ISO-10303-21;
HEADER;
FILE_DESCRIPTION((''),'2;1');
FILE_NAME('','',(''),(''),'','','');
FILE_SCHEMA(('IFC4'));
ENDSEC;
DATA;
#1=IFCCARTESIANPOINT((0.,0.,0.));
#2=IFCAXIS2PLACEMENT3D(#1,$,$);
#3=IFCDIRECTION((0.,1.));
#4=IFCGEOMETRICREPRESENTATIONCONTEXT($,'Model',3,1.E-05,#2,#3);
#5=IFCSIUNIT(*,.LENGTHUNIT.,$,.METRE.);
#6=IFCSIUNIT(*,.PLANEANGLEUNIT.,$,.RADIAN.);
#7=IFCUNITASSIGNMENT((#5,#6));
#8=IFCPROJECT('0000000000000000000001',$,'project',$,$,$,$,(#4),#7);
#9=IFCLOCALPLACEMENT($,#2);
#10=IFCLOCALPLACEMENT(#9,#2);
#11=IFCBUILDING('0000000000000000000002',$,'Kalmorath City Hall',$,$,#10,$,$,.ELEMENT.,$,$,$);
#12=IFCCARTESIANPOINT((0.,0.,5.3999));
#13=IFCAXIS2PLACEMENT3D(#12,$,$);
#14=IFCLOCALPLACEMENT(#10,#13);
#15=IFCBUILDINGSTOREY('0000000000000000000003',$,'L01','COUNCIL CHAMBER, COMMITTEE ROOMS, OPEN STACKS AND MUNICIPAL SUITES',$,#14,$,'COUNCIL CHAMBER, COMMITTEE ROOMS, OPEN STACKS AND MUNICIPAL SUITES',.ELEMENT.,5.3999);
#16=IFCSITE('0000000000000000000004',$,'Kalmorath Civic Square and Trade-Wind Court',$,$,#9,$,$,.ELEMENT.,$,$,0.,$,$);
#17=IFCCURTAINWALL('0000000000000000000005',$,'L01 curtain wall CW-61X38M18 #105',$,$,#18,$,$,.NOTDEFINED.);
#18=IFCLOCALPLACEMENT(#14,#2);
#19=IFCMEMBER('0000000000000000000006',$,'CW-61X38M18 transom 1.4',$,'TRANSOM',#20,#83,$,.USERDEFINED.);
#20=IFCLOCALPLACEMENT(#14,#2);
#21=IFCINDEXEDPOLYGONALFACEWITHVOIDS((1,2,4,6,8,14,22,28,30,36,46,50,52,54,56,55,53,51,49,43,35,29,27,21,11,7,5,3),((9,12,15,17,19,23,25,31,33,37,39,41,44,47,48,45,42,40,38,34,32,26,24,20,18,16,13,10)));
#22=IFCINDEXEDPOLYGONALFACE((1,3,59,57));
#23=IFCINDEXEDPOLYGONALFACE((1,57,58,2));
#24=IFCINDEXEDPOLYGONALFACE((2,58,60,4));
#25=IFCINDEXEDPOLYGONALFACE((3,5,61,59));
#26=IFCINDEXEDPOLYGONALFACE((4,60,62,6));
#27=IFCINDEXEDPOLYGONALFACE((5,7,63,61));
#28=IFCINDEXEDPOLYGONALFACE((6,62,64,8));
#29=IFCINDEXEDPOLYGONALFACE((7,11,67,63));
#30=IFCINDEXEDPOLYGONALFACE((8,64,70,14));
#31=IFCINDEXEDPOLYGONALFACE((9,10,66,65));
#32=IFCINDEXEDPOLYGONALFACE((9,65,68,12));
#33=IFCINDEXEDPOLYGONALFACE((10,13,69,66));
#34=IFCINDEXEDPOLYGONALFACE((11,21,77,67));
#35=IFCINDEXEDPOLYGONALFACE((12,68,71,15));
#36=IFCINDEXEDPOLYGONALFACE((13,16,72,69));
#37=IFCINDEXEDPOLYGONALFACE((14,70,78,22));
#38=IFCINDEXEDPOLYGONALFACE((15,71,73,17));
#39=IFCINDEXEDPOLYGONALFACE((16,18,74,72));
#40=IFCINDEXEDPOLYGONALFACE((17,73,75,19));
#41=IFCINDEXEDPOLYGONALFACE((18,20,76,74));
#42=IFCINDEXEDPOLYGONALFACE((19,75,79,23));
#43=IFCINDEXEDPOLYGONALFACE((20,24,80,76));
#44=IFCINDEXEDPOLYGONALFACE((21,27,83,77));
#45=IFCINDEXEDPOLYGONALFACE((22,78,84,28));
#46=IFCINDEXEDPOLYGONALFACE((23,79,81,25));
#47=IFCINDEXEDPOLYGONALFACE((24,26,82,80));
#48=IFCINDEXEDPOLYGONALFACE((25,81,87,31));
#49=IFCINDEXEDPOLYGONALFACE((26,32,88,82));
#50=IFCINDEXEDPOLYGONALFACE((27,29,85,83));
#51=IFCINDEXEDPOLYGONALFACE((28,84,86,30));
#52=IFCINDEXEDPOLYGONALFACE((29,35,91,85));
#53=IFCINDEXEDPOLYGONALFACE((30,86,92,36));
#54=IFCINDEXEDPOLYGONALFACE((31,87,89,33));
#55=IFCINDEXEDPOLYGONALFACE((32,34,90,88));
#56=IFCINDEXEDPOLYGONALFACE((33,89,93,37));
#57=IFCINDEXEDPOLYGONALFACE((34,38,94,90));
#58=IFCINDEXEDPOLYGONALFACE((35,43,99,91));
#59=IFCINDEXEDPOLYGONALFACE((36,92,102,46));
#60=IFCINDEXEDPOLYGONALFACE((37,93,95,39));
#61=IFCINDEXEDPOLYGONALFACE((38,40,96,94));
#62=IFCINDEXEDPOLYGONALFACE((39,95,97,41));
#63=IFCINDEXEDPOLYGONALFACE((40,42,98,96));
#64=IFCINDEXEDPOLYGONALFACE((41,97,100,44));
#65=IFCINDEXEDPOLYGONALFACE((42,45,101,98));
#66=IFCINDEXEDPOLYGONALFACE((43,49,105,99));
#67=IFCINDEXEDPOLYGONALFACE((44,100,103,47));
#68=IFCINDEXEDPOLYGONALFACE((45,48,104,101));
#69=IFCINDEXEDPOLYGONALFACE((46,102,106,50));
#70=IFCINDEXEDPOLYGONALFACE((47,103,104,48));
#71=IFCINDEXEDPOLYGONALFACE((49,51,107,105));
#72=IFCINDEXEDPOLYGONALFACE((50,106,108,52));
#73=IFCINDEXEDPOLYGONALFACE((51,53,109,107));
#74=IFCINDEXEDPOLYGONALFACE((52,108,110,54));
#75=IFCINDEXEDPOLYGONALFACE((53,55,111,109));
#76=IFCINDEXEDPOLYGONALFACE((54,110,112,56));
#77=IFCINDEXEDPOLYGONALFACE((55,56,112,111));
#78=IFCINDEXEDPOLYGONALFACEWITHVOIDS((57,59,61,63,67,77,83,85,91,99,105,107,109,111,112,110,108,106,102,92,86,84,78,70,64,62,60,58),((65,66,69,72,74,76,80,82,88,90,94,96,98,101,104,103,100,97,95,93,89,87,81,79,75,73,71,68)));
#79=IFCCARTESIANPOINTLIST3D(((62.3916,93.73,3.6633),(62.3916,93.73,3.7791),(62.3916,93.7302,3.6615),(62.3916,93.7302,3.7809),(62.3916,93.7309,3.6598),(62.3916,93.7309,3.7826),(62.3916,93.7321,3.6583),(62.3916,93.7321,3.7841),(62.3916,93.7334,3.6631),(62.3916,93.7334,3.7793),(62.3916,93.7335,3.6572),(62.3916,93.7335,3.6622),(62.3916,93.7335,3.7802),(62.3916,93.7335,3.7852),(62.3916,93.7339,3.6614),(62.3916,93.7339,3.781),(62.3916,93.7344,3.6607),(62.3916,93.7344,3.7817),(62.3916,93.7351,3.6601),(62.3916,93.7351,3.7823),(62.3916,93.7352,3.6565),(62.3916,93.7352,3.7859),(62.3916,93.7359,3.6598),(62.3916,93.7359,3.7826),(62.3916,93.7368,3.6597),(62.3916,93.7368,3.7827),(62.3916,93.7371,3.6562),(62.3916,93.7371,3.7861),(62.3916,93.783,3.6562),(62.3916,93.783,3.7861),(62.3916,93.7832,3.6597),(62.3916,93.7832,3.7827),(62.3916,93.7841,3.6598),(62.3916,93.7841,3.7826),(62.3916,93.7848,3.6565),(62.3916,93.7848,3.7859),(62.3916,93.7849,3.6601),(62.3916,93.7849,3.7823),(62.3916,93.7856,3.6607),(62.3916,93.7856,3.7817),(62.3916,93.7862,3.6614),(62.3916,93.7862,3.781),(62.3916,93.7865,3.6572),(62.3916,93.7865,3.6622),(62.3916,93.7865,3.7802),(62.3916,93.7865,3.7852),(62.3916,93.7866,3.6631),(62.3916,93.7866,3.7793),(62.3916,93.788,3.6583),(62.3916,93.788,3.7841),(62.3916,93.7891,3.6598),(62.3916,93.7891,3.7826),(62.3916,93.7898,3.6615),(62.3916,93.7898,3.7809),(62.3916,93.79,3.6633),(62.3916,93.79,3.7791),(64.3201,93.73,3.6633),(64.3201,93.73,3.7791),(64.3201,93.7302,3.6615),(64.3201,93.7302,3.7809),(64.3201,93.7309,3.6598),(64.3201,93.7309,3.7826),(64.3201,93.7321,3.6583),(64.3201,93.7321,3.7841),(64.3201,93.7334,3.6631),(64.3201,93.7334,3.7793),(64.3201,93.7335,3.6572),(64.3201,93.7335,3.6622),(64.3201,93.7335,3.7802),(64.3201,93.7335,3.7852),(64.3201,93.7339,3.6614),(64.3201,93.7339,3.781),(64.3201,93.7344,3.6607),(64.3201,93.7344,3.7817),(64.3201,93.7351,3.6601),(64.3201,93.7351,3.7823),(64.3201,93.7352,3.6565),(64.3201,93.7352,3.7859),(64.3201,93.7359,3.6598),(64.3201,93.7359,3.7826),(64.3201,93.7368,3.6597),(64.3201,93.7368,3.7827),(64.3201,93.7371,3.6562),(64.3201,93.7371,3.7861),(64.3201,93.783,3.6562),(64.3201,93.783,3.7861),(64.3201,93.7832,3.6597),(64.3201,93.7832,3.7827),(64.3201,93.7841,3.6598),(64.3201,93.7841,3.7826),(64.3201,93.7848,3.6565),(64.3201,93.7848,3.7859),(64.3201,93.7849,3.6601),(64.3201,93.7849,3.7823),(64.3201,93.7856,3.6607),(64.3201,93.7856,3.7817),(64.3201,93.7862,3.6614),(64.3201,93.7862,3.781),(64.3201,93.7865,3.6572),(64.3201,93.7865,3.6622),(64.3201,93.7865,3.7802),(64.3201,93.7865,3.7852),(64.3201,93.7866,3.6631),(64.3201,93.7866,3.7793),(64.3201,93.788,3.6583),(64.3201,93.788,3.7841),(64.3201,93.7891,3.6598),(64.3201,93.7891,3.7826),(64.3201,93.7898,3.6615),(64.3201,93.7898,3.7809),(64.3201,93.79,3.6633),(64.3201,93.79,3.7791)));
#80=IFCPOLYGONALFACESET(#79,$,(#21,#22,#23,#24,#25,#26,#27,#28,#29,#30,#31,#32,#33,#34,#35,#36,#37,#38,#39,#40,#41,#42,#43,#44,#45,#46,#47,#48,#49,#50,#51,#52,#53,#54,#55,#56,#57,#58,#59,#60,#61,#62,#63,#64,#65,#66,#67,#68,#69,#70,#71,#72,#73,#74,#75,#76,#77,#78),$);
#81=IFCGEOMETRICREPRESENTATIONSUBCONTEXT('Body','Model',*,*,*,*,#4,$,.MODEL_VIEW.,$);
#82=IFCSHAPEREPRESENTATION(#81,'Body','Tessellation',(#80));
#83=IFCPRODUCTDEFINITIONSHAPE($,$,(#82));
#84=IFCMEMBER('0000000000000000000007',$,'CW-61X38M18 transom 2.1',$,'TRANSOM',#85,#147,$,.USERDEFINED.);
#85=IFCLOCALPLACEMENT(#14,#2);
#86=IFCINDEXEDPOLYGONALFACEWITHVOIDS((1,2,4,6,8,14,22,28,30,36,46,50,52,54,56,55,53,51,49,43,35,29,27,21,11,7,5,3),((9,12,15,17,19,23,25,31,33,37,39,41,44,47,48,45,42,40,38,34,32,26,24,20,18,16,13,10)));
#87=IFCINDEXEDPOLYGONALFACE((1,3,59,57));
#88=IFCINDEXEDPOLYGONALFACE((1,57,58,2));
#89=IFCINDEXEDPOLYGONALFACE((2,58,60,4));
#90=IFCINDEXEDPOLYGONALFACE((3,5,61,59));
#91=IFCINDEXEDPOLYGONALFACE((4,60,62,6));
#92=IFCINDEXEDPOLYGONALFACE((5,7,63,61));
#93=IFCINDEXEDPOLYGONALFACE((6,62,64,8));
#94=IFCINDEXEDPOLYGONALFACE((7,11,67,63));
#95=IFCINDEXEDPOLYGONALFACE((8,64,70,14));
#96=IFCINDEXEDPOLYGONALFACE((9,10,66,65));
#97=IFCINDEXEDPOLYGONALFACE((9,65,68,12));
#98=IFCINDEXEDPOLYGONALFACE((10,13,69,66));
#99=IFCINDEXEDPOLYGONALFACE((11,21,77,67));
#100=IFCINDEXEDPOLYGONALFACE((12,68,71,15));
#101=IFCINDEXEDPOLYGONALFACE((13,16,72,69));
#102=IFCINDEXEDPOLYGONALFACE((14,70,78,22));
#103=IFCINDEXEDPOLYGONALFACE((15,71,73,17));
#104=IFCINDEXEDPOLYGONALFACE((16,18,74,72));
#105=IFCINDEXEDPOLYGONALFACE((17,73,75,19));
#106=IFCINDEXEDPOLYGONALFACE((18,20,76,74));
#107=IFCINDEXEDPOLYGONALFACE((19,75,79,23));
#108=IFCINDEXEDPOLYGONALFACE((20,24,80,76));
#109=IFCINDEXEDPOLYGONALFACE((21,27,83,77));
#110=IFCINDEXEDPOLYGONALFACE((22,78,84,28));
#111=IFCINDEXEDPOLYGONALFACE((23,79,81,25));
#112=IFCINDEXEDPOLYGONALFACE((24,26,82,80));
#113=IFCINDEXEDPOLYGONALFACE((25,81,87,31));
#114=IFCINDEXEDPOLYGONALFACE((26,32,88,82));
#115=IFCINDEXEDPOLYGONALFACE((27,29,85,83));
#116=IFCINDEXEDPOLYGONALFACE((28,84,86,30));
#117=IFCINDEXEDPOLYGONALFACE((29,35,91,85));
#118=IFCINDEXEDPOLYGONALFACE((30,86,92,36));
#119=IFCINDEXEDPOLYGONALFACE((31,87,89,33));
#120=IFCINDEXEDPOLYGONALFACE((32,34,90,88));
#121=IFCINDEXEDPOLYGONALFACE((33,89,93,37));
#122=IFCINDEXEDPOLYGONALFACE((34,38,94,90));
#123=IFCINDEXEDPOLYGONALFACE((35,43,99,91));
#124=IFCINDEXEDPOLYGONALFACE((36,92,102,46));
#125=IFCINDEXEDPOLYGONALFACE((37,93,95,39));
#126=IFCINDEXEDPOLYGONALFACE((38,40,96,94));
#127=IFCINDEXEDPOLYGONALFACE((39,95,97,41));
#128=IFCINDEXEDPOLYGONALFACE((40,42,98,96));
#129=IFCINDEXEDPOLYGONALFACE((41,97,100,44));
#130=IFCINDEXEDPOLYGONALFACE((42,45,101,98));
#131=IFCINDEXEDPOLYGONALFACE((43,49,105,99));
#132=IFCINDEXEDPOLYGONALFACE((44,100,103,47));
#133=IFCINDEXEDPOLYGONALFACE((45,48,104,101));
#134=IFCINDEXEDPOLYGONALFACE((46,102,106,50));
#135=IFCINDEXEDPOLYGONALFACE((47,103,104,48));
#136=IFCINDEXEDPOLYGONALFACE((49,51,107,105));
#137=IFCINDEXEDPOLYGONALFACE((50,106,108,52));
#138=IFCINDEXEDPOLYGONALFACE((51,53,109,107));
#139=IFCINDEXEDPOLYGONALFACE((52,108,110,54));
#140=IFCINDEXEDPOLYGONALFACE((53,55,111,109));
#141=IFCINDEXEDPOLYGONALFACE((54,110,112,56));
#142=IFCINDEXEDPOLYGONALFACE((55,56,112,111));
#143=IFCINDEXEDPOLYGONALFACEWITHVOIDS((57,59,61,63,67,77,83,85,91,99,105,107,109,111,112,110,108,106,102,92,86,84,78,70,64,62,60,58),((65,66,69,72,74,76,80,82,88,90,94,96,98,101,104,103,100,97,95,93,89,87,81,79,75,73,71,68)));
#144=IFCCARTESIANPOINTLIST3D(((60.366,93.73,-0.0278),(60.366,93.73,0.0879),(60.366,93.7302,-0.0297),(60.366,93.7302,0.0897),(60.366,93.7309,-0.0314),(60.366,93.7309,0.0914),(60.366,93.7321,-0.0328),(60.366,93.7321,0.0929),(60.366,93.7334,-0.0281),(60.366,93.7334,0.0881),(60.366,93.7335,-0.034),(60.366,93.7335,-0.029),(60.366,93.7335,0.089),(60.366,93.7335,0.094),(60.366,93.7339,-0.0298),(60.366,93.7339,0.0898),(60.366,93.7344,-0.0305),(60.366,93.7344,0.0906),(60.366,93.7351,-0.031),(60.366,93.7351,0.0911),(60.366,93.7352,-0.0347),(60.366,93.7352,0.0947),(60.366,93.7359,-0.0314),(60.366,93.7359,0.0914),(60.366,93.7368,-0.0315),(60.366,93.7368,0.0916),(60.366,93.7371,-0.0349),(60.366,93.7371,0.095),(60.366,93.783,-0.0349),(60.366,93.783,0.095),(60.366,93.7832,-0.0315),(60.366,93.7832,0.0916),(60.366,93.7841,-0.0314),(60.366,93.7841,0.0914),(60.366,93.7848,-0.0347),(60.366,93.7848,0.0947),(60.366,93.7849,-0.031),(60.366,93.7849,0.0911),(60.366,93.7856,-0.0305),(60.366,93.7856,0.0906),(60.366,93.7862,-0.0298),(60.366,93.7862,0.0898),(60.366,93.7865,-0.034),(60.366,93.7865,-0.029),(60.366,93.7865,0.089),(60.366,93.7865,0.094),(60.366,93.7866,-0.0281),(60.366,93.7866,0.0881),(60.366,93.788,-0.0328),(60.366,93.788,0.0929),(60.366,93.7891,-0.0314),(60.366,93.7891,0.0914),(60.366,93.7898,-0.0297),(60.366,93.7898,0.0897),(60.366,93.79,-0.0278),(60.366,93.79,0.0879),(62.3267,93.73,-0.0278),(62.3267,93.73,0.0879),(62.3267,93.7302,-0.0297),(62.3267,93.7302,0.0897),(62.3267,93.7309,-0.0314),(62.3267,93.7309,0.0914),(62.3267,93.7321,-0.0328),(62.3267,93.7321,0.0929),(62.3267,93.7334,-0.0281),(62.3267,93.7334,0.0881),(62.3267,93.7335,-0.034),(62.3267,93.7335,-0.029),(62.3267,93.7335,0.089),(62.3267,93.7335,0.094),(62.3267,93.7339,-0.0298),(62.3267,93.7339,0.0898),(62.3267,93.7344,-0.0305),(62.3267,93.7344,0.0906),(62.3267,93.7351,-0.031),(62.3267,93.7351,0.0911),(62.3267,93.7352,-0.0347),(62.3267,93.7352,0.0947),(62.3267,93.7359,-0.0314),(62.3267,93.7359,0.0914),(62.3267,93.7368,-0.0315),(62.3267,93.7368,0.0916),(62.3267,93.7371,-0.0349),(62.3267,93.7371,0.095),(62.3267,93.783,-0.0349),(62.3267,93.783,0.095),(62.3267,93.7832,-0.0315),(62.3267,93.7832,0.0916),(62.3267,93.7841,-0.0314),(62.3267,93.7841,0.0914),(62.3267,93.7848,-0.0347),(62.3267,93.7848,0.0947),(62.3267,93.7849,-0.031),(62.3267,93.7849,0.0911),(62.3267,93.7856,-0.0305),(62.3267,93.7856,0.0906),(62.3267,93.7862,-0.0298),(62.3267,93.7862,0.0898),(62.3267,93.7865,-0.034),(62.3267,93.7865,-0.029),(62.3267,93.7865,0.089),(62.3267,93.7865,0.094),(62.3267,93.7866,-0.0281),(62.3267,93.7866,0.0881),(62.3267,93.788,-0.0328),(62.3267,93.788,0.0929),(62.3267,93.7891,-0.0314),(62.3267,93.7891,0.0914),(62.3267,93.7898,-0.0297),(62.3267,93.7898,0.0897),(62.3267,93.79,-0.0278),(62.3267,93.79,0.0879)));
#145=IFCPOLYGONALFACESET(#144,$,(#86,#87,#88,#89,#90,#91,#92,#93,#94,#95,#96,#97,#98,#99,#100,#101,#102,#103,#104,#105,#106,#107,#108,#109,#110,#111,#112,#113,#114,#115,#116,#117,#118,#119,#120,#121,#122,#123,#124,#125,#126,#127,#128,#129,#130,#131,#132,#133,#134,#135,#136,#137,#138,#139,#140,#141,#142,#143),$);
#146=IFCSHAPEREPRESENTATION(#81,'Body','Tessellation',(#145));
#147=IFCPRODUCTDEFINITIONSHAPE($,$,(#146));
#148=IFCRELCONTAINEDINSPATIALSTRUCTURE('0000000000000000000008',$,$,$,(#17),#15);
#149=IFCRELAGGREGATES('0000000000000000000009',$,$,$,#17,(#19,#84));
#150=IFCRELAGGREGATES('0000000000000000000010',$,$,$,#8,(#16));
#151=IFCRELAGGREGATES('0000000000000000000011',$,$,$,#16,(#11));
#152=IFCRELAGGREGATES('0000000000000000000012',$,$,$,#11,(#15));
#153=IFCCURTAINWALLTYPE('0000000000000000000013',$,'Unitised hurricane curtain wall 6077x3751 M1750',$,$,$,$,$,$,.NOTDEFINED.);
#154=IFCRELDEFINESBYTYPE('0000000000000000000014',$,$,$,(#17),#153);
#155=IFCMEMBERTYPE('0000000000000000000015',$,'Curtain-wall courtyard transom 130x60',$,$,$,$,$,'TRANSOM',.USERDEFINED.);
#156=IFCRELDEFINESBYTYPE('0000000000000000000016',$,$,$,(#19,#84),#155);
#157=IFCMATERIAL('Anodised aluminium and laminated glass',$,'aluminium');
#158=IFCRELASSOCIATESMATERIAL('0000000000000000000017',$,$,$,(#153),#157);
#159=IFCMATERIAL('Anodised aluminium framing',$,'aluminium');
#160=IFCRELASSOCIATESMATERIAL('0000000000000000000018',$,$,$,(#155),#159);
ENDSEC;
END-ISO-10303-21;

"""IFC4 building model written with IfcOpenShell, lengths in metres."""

from ifc_helpers import new_model, si_unit, direction, frame, origin, origin_2d, place, context, subcontext, project, spatial, hollow_rectangle, extrude, material, material_profile, profile_set, type_object, element, aggregate, save


model = new_model("IFC4")

# Units and contexts
model_context = context("Model", 3, precision=1e-05, world=origin(), true_north=direction((0.0, 1.0)))
body_context = subcontext(model_context, "Body", "Model", "MODEL_VIEW")
ifc_project = project(units=[si_unit("LENGTHUNIT", "METRE"), si_unit("PLANEANGLEUNIT", "RADIAN")], contexts=[model_context])

# Site, building, storey
site_placement = place(None, origin())
site = spatial("IfcSite", under=ifc_project, at=site_placement, Name="Kalmorath Civic Square and Trade-Wind Court", CompositionType="ELEMENT", RefElevation=0.0)
building_placement = place(site_placement, origin())
building = spatial("IfcBuilding", under=site, at=building_placement, Name="Kalmorath City Hall", CompositionType="ELEMENT")
storey_placement = place(building_placement, frame((0.0, 0.0, 5.3999)))
storey = spatial("IfcBuildingStorey", under=building, at=storey_placement, Name="L01", Description="COUNCIL CHAMBER, COMMITTEE ROOMS, OPEN STACKS AND MUNICIPAL SUITES", LongName="COUNCIL CHAMBER, COMMITTEE ROOMS, OPEN STACKS AND MUNICIPAL SUITES", CompositionType="ELEMENT", Elevation=5.3999)

# Curtain wall, members
ifc_material_1 = material(Name="Anodised aluminium and laminated glass", Category="aluminium")
curtain_wall_type = type_object("IfcCurtainWallType", Name="Unitised hurricane curtain wall 6077x3751 M1750", PredefinedType="NOTDEFINED", material=ifc_material_1)
curtain_wall_placement = place(storey_placement, origin())
curtain_wall = element("IfcCurtainWall", 1, at=curtain_wall_placement, inside=storey, type_object=curtain_wall_type, Name="L01 curtain wall CW-61X38M18 #105", PredefinedType="NOTDEFINED")
ifc_material_2 = material(Name="Anodised aluminium framing", Category="aluminium")
ifc_material_profile_1 = material_profile(ifc_material_2, hollow_rectangle(XDim=0.0601, YDim=0.1299, WallThickness=0.0034, InnerFilletRadius=0.0034, OuterFilletRadius=0.0071, at=origin_2d()), Name="ALU-TRN-130X60X3.5")
ifc_profile_set_1 = profile_set([ifc_material_profile_1], Name="Anodised aluminium framing")
member_type_1 = type_object("IfcMemberType", Name="Curtain-wall courtyard transom 130x60", ElementType="TRANSOM", PredefinedType="USERDEFINED", material=ifc_profile_set_1)
member_1_placement = place(storey_placement, frame((64.3201, 93.76, 3.7212), z_axis=(-1.0, 0.0, 0.0), x_axis=(0.0, -1.0, 0.0)))
member_1 = element("IfcMember", 2, at=member_1_placement, type_object=member_type_1, Name="CW-61X38M18 transom 1.4", ObjectType="TRANSOM", PredefinedType="USERDEFINED", context=body_context, shape_type="SweptSolid", body=[
    extrude(hollow_rectangle(XDim=0.0601, YDim=0.1299, WallThickness=0.0034, InnerFilletRadius=0.0034, OuterFilletRadius=0.0071, at=origin_2d()), origin(), (0.0, 0.0, 1.0), 1.9285),
])
member_2_placement = place(storey_placement, frame((62.3267, 93.76, 0.03), z_axis=(-1.0, 0.0, 0.0), x_axis=(0.0, -1.0, 0.0)))
member_2 = element("IfcMember", 3, at=member_2_placement, type_object=member_type_1, Name="CW-61X38M18 transom 2.1", ObjectType="TRANSOM", PredefinedType="USERDEFINED", context=body_context, shape_type="SweptSolid", body=[
    extrude(hollow_rectangle(XDim=0.0601, YDim=0.1299, WallThickness=0.0034, InnerFilletRadius=0.0034, OuterFilletRadius=0.0071, at=origin_2d()), origin(), (0.0, 0.0, 1.0), 1.9607),
])
aggregate(curtain_wall, [member_1, member_2])

save(model, "model.ifc")
